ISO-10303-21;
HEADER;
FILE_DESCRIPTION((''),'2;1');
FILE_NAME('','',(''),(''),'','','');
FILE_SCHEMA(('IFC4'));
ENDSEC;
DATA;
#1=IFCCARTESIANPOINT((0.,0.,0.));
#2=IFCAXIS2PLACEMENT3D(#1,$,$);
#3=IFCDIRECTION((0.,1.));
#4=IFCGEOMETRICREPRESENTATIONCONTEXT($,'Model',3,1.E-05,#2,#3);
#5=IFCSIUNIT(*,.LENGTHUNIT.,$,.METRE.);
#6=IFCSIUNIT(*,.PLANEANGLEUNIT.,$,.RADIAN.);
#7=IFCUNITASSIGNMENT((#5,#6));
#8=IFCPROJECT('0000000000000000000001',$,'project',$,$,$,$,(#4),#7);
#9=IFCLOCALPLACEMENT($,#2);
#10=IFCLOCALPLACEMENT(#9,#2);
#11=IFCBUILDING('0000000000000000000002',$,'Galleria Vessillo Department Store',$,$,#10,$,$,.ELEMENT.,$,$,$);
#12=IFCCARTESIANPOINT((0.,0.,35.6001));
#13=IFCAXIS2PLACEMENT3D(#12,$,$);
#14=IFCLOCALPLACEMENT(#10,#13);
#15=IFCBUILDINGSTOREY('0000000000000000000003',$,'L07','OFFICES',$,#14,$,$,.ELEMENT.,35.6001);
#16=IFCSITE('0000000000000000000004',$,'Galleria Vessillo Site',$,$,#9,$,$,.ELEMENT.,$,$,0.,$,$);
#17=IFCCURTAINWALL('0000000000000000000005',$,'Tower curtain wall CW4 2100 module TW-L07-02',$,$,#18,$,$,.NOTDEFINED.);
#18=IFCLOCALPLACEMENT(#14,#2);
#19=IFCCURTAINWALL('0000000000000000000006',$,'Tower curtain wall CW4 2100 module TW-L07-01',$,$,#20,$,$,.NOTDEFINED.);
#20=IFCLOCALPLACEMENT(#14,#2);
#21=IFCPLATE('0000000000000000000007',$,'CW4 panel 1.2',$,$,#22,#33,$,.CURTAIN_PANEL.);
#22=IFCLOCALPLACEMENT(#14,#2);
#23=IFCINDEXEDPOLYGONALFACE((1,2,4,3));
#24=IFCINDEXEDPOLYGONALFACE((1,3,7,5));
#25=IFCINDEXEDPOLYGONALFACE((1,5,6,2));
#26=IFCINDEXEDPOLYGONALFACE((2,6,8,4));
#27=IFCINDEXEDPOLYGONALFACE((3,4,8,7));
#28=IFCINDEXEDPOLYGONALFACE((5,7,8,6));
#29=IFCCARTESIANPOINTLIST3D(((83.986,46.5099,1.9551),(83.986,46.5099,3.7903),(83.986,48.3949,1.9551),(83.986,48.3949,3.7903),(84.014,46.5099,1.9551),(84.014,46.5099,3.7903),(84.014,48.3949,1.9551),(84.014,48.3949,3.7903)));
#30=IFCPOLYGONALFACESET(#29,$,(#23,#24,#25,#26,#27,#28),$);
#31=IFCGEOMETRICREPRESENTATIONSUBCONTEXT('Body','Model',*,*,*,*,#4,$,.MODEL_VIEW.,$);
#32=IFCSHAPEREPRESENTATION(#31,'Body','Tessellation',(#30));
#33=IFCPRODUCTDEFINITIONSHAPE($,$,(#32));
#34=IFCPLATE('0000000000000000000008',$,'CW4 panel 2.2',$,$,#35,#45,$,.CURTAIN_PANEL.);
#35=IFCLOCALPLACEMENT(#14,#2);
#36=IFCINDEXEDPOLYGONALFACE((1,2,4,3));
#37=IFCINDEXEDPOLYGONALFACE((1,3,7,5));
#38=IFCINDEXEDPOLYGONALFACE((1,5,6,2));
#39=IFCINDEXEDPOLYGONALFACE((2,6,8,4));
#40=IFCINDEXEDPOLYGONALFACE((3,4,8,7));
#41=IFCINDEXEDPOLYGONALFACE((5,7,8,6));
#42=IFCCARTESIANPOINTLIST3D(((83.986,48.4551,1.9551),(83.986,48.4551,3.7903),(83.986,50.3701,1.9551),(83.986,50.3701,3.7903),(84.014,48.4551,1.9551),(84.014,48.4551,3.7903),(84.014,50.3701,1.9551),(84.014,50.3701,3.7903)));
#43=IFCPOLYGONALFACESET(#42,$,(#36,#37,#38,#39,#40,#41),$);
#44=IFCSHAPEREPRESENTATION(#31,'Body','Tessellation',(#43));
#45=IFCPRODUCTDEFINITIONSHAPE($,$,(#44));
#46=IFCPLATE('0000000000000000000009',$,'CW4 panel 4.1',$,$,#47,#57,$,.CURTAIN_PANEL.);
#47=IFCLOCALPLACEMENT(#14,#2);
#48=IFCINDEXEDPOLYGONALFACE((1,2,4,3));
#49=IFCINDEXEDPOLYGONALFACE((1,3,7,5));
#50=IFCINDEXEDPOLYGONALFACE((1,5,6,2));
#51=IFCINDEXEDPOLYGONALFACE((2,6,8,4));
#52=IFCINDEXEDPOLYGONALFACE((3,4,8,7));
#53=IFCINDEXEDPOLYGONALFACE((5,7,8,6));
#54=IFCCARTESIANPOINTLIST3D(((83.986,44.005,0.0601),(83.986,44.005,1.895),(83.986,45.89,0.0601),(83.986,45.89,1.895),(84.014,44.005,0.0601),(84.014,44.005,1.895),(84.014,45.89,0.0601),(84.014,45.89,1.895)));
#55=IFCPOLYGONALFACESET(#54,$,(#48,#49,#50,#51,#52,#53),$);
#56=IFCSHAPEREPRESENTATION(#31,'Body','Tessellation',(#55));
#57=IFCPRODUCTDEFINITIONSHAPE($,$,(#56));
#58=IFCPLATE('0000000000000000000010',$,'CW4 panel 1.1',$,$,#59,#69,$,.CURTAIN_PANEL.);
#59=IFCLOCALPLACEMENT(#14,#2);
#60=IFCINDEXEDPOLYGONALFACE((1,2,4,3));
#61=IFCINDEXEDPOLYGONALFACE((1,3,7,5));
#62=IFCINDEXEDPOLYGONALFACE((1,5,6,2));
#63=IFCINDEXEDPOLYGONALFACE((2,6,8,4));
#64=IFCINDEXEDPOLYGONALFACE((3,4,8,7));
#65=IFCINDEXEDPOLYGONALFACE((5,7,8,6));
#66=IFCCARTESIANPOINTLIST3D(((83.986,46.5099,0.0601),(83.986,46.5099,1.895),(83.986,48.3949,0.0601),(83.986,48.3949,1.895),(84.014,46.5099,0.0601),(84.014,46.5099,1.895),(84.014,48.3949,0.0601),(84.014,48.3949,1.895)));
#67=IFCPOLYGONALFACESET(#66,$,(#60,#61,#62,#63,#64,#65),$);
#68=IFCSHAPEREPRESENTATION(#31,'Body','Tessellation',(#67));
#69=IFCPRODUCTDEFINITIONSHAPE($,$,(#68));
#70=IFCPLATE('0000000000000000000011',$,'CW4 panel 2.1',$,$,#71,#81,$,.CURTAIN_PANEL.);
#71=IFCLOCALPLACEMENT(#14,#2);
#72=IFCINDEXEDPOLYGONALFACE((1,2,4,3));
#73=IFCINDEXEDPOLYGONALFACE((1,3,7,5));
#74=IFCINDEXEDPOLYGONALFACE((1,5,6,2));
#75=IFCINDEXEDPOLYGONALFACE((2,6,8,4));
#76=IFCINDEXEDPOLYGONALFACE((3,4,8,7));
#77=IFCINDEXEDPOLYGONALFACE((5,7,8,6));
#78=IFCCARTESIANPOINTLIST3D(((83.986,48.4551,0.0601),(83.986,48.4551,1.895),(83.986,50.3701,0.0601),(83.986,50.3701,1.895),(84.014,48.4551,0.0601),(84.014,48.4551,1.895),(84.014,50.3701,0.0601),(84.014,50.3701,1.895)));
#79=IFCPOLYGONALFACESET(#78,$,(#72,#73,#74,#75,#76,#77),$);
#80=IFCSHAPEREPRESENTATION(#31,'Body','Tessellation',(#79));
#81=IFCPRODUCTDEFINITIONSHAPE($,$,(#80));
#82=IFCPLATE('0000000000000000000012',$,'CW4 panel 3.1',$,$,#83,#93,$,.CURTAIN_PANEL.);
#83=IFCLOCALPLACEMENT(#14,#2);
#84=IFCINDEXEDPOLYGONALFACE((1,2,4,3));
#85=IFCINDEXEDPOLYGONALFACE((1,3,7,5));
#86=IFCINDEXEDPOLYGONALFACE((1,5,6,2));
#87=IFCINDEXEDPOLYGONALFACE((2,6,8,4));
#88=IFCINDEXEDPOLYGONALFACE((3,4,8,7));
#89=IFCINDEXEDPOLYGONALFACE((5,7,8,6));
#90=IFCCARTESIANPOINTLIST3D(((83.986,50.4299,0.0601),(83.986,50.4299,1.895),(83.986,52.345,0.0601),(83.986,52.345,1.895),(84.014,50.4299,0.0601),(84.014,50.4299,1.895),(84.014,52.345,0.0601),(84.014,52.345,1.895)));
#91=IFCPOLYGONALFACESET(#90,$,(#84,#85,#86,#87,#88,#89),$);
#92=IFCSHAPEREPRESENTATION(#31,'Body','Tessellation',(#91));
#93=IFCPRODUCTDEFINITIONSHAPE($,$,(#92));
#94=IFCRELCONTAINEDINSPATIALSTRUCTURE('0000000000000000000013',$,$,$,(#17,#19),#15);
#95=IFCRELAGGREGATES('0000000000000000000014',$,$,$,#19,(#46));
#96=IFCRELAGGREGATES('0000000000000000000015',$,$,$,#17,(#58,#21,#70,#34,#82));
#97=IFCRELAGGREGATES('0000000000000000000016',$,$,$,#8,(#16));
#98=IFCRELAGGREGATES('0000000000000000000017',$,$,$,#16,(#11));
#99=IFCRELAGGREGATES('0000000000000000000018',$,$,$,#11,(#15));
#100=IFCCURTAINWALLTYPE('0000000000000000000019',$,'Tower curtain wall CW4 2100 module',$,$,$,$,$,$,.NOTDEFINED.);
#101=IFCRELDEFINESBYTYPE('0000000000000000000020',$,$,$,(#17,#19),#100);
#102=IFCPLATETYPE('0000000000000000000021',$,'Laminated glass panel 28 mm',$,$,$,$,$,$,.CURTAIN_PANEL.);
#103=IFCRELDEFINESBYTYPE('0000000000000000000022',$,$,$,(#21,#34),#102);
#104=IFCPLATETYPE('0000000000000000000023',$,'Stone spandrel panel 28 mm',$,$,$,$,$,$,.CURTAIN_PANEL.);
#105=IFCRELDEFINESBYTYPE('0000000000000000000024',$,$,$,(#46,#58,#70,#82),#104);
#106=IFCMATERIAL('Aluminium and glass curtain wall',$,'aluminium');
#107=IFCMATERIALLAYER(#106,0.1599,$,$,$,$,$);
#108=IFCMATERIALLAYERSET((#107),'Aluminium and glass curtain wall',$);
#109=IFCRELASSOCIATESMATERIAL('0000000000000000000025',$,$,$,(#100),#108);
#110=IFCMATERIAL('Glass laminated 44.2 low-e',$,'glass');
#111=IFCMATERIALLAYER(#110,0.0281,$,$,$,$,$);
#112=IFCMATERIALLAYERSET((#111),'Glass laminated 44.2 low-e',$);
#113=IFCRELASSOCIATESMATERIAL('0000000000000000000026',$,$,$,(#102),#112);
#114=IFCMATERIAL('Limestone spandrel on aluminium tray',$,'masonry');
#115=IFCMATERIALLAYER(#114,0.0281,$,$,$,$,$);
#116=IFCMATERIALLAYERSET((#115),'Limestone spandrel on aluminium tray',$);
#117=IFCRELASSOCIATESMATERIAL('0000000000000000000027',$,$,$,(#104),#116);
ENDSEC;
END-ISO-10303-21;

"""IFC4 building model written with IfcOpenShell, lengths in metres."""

from ifc_helpers import new_model, si_unit, direction, frame, origin, origin_2d, place, context, subcontext, project, spatial, rectangle, extrude, material, layer, layer_set, type_object, element, aggregate, save


model = new_model("IFC4")

# Units and contexts
model_context = context("Model", 3, precision=1e-05, world=origin(), true_north=direction((0.0, 1.0)))
body_context = subcontext(model_context, "Body", "Model", "MODEL_VIEW")
ifc_project = project(units=[si_unit("LENGTHUNIT", "METRE"), si_unit("PLANEANGLEUNIT", "RADIAN")], contexts=[model_context])

# Site, building, storey
site_placement = place(None, origin())
site = spatial("IfcSite", under=ifc_project, at=site_placement, Name="Galleria Vessillo Site", CompositionType="ELEMENT", RefElevation=0.0)
building_placement = place(site_placement, origin())
building = spatial("IfcBuilding", under=site, at=building_placement, Name="Galleria Vessillo Department Store", CompositionType="ELEMENT")
storey_placement = place(building_placement, frame((0.0, 0.0, 35.6001)))
storey = spatial("IfcBuildingStorey", under=building, at=storey_placement, Name="L07", Description="OFFICES", CompositionType="ELEMENT", Elevation=35.6001)

# Curtain wall
ifc_material_1 = material(Name="Aluminium and glass curtain wall", Category="aluminium")
ifc_layer_1 = layer(ifc_material_1, 0.1599)
ifc_layer_set_1 = layer_set([ifc_layer_1], Name="Aluminium and glass curtain wall")
curtain_wall_type = type_object("IfcCurtainWallType", Name="Tower curtain wall CW4 2100 module", PredefinedType="NOTDEFINED", material=ifc_layer_set_1)
curtain_wall_1_placement = place(storey_placement, origin())
curtain_wall_1 = element("IfcCurtainWall", 1, at=curtain_wall_1_placement, inside=storey, type_object=curtain_wall_type, Name="Tower curtain wall CW4 2100 module TW-L07-02", PredefinedType="NOTDEFINED")

# Curtain wall
curtain_wall_2_placement = place(storey_placement, origin())
curtain_wall_2 = element("IfcCurtainWall", 2, at=curtain_wall_2_placement, inside=storey, type_object=curtain_wall_type, Name="Tower curtain wall CW4 2100 module TW-L07-01", PredefinedType="NOTDEFINED")

# Plates
ifc_material_2 = material(Name="Glass laminated 44.2 low-e", Category="glass")
ifc_layer_2 = layer(ifc_material_2, 0.0281)
ifc_layer_set_2 = layer_set([ifc_layer_2], Name="Glass laminated 44.2 low-e")
plate_type_1 = type_object("IfcPlateType", Name="Laminated glass panel 28 mm", PredefinedType="CURTAIN_PANEL", material=ifc_layer_set_2)
plate_1_placement = place(storey_placement, frame((84.0, 47.4524, 1.9551), z_axis=(0.0, 0.0, 1.0), x_axis=(0.0, 1.0, 0.0)))
plate_1 = element("IfcPlate", 3, at=plate_1_placement, type_object=plate_type_1, Name="CW4 panel 1.2", PredefinedType="CURTAIN_PANEL", context=body_context, shape_type="SweptSolid", body=[
    extrude(rectangle(XDim=1.885, YDim=0.0281, at=origin_2d()), origin(), (0.0, 0.0, 1.0), 1.8352),
])
plate_2_placement = place(storey_placement, frame((84.0, 49.4126, 1.9551), z_axis=(0.0, 0.0, 1.0), x_axis=(0.0, 1.0, 0.0)))
plate_2 = element("IfcPlate", 4, at=plate_2_placement, type_object=plate_type_1, Name="CW4 panel 2.2", PredefinedType="CURTAIN_PANEL", context=body_context, shape_type="SweptSolid", body=[
    extrude(rectangle(XDim=1.915, YDim=0.0281, at=origin_2d()), origin(), (0.0, 0.0, 1.0), 1.8352),
])
ifc_material_3 = material(Name="Limestone spandrel on aluminium tray", Category="masonry")
ifc_layer_3 = layer(ifc_material_3, 0.0281)
ifc_layer_set_3 = layer_set([ifc_layer_3], Name="Limestone spandrel on aluminium tray")
plate_type_2 = type_object("IfcPlateType", Name="Stone spandrel panel 28 mm", PredefinedType="CURTAIN_PANEL", material=ifc_layer_set_3)
plate_3_placement = place(storey_placement, frame((84.0, 44.9475, 0.0601), z_axis=(0.0, 0.0, 1.0), x_axis=(0.0, 1.0, 0.0)))
plate_3 = element("IfcPlate", 5, at=plate_3_placement, type_object=plate_type_2, Name="CW4 panel 4.1", PredefinedType="CURTAIN_PANEL", context=body_context, shape_type="SweptSolid", body=[
    extrude(rectangle(XDim=1.885, YDim=0.0281, at=origin_2d()), origin(), (0.0, 0.0, 1.0), 1.835),
])
aggregate(curtain_wall_2, [plate_3])
plate_4_placement = place(storey_placement, frame((84.0, 47.4524, 0.0601), z_axis=(0.0, 0.0, 1.0), x_axis=(0.0, 1.0, 0.0)))
plate_4 = element("IfcPlate", 6, at=plate_4_placement, type_object=plate_type_2, Name="CW4 panel 1.1", PredefinedType="CURTAIN_PANEL", context=body_context, shape_type="SweptSolid", body=[
    extrude(rectangle(XDim=1.885, YDim=0.0281, at=origin_2d()), origin(), (0.0, 0.0, 1.0), 1.835),
])
plate_5_placement = place(storey_placement, frame((84.0, 49.4126, 0.0601), z_axis=(0.0, 0.0, 1.0), x_axis=(0.0, 1.0, 0.0)))
plate_5 = element("IfcPlate", 7, at=plate_5_placement, type_object=plate_type_2, Name="CW4 panel 2.1", PredefinedType="CURTAIN_PANEL", context=body_context, shape_type="SweptSolid", body=[
    extrude(rectangle(XDim=1.915, YDim=0.0281, at=origin_2d()), origin(), (0.0, 0.0, 1.0), 1.835),
])
plate_6_placement = place(storey_placement, frame((84.0, 51.3875, 0.0601), z_axis=(0.0, 0.0, 1.0), x_axis=(0.0, 1.0, 0.0)))
plate_6 = element("IfcPlate", 8, at=plate_6_placement, type_object=plate_type_2, Name="CW4 panel 3.1", PredefinedType="CURTAIN_PANEL", context=body_context, shape_type="SweptSolid", body=[
    extrude(rectangle(XDim=1.915, YDim=0.0281, at=origin_2d()), origin(), (0.0, 0.0, 1.0), 1.835),
])
aggregate(curtain_wall_1, [plate_4, plate_1, plate_5, plate_2, plate_6])

save(model, "model.ifc")
